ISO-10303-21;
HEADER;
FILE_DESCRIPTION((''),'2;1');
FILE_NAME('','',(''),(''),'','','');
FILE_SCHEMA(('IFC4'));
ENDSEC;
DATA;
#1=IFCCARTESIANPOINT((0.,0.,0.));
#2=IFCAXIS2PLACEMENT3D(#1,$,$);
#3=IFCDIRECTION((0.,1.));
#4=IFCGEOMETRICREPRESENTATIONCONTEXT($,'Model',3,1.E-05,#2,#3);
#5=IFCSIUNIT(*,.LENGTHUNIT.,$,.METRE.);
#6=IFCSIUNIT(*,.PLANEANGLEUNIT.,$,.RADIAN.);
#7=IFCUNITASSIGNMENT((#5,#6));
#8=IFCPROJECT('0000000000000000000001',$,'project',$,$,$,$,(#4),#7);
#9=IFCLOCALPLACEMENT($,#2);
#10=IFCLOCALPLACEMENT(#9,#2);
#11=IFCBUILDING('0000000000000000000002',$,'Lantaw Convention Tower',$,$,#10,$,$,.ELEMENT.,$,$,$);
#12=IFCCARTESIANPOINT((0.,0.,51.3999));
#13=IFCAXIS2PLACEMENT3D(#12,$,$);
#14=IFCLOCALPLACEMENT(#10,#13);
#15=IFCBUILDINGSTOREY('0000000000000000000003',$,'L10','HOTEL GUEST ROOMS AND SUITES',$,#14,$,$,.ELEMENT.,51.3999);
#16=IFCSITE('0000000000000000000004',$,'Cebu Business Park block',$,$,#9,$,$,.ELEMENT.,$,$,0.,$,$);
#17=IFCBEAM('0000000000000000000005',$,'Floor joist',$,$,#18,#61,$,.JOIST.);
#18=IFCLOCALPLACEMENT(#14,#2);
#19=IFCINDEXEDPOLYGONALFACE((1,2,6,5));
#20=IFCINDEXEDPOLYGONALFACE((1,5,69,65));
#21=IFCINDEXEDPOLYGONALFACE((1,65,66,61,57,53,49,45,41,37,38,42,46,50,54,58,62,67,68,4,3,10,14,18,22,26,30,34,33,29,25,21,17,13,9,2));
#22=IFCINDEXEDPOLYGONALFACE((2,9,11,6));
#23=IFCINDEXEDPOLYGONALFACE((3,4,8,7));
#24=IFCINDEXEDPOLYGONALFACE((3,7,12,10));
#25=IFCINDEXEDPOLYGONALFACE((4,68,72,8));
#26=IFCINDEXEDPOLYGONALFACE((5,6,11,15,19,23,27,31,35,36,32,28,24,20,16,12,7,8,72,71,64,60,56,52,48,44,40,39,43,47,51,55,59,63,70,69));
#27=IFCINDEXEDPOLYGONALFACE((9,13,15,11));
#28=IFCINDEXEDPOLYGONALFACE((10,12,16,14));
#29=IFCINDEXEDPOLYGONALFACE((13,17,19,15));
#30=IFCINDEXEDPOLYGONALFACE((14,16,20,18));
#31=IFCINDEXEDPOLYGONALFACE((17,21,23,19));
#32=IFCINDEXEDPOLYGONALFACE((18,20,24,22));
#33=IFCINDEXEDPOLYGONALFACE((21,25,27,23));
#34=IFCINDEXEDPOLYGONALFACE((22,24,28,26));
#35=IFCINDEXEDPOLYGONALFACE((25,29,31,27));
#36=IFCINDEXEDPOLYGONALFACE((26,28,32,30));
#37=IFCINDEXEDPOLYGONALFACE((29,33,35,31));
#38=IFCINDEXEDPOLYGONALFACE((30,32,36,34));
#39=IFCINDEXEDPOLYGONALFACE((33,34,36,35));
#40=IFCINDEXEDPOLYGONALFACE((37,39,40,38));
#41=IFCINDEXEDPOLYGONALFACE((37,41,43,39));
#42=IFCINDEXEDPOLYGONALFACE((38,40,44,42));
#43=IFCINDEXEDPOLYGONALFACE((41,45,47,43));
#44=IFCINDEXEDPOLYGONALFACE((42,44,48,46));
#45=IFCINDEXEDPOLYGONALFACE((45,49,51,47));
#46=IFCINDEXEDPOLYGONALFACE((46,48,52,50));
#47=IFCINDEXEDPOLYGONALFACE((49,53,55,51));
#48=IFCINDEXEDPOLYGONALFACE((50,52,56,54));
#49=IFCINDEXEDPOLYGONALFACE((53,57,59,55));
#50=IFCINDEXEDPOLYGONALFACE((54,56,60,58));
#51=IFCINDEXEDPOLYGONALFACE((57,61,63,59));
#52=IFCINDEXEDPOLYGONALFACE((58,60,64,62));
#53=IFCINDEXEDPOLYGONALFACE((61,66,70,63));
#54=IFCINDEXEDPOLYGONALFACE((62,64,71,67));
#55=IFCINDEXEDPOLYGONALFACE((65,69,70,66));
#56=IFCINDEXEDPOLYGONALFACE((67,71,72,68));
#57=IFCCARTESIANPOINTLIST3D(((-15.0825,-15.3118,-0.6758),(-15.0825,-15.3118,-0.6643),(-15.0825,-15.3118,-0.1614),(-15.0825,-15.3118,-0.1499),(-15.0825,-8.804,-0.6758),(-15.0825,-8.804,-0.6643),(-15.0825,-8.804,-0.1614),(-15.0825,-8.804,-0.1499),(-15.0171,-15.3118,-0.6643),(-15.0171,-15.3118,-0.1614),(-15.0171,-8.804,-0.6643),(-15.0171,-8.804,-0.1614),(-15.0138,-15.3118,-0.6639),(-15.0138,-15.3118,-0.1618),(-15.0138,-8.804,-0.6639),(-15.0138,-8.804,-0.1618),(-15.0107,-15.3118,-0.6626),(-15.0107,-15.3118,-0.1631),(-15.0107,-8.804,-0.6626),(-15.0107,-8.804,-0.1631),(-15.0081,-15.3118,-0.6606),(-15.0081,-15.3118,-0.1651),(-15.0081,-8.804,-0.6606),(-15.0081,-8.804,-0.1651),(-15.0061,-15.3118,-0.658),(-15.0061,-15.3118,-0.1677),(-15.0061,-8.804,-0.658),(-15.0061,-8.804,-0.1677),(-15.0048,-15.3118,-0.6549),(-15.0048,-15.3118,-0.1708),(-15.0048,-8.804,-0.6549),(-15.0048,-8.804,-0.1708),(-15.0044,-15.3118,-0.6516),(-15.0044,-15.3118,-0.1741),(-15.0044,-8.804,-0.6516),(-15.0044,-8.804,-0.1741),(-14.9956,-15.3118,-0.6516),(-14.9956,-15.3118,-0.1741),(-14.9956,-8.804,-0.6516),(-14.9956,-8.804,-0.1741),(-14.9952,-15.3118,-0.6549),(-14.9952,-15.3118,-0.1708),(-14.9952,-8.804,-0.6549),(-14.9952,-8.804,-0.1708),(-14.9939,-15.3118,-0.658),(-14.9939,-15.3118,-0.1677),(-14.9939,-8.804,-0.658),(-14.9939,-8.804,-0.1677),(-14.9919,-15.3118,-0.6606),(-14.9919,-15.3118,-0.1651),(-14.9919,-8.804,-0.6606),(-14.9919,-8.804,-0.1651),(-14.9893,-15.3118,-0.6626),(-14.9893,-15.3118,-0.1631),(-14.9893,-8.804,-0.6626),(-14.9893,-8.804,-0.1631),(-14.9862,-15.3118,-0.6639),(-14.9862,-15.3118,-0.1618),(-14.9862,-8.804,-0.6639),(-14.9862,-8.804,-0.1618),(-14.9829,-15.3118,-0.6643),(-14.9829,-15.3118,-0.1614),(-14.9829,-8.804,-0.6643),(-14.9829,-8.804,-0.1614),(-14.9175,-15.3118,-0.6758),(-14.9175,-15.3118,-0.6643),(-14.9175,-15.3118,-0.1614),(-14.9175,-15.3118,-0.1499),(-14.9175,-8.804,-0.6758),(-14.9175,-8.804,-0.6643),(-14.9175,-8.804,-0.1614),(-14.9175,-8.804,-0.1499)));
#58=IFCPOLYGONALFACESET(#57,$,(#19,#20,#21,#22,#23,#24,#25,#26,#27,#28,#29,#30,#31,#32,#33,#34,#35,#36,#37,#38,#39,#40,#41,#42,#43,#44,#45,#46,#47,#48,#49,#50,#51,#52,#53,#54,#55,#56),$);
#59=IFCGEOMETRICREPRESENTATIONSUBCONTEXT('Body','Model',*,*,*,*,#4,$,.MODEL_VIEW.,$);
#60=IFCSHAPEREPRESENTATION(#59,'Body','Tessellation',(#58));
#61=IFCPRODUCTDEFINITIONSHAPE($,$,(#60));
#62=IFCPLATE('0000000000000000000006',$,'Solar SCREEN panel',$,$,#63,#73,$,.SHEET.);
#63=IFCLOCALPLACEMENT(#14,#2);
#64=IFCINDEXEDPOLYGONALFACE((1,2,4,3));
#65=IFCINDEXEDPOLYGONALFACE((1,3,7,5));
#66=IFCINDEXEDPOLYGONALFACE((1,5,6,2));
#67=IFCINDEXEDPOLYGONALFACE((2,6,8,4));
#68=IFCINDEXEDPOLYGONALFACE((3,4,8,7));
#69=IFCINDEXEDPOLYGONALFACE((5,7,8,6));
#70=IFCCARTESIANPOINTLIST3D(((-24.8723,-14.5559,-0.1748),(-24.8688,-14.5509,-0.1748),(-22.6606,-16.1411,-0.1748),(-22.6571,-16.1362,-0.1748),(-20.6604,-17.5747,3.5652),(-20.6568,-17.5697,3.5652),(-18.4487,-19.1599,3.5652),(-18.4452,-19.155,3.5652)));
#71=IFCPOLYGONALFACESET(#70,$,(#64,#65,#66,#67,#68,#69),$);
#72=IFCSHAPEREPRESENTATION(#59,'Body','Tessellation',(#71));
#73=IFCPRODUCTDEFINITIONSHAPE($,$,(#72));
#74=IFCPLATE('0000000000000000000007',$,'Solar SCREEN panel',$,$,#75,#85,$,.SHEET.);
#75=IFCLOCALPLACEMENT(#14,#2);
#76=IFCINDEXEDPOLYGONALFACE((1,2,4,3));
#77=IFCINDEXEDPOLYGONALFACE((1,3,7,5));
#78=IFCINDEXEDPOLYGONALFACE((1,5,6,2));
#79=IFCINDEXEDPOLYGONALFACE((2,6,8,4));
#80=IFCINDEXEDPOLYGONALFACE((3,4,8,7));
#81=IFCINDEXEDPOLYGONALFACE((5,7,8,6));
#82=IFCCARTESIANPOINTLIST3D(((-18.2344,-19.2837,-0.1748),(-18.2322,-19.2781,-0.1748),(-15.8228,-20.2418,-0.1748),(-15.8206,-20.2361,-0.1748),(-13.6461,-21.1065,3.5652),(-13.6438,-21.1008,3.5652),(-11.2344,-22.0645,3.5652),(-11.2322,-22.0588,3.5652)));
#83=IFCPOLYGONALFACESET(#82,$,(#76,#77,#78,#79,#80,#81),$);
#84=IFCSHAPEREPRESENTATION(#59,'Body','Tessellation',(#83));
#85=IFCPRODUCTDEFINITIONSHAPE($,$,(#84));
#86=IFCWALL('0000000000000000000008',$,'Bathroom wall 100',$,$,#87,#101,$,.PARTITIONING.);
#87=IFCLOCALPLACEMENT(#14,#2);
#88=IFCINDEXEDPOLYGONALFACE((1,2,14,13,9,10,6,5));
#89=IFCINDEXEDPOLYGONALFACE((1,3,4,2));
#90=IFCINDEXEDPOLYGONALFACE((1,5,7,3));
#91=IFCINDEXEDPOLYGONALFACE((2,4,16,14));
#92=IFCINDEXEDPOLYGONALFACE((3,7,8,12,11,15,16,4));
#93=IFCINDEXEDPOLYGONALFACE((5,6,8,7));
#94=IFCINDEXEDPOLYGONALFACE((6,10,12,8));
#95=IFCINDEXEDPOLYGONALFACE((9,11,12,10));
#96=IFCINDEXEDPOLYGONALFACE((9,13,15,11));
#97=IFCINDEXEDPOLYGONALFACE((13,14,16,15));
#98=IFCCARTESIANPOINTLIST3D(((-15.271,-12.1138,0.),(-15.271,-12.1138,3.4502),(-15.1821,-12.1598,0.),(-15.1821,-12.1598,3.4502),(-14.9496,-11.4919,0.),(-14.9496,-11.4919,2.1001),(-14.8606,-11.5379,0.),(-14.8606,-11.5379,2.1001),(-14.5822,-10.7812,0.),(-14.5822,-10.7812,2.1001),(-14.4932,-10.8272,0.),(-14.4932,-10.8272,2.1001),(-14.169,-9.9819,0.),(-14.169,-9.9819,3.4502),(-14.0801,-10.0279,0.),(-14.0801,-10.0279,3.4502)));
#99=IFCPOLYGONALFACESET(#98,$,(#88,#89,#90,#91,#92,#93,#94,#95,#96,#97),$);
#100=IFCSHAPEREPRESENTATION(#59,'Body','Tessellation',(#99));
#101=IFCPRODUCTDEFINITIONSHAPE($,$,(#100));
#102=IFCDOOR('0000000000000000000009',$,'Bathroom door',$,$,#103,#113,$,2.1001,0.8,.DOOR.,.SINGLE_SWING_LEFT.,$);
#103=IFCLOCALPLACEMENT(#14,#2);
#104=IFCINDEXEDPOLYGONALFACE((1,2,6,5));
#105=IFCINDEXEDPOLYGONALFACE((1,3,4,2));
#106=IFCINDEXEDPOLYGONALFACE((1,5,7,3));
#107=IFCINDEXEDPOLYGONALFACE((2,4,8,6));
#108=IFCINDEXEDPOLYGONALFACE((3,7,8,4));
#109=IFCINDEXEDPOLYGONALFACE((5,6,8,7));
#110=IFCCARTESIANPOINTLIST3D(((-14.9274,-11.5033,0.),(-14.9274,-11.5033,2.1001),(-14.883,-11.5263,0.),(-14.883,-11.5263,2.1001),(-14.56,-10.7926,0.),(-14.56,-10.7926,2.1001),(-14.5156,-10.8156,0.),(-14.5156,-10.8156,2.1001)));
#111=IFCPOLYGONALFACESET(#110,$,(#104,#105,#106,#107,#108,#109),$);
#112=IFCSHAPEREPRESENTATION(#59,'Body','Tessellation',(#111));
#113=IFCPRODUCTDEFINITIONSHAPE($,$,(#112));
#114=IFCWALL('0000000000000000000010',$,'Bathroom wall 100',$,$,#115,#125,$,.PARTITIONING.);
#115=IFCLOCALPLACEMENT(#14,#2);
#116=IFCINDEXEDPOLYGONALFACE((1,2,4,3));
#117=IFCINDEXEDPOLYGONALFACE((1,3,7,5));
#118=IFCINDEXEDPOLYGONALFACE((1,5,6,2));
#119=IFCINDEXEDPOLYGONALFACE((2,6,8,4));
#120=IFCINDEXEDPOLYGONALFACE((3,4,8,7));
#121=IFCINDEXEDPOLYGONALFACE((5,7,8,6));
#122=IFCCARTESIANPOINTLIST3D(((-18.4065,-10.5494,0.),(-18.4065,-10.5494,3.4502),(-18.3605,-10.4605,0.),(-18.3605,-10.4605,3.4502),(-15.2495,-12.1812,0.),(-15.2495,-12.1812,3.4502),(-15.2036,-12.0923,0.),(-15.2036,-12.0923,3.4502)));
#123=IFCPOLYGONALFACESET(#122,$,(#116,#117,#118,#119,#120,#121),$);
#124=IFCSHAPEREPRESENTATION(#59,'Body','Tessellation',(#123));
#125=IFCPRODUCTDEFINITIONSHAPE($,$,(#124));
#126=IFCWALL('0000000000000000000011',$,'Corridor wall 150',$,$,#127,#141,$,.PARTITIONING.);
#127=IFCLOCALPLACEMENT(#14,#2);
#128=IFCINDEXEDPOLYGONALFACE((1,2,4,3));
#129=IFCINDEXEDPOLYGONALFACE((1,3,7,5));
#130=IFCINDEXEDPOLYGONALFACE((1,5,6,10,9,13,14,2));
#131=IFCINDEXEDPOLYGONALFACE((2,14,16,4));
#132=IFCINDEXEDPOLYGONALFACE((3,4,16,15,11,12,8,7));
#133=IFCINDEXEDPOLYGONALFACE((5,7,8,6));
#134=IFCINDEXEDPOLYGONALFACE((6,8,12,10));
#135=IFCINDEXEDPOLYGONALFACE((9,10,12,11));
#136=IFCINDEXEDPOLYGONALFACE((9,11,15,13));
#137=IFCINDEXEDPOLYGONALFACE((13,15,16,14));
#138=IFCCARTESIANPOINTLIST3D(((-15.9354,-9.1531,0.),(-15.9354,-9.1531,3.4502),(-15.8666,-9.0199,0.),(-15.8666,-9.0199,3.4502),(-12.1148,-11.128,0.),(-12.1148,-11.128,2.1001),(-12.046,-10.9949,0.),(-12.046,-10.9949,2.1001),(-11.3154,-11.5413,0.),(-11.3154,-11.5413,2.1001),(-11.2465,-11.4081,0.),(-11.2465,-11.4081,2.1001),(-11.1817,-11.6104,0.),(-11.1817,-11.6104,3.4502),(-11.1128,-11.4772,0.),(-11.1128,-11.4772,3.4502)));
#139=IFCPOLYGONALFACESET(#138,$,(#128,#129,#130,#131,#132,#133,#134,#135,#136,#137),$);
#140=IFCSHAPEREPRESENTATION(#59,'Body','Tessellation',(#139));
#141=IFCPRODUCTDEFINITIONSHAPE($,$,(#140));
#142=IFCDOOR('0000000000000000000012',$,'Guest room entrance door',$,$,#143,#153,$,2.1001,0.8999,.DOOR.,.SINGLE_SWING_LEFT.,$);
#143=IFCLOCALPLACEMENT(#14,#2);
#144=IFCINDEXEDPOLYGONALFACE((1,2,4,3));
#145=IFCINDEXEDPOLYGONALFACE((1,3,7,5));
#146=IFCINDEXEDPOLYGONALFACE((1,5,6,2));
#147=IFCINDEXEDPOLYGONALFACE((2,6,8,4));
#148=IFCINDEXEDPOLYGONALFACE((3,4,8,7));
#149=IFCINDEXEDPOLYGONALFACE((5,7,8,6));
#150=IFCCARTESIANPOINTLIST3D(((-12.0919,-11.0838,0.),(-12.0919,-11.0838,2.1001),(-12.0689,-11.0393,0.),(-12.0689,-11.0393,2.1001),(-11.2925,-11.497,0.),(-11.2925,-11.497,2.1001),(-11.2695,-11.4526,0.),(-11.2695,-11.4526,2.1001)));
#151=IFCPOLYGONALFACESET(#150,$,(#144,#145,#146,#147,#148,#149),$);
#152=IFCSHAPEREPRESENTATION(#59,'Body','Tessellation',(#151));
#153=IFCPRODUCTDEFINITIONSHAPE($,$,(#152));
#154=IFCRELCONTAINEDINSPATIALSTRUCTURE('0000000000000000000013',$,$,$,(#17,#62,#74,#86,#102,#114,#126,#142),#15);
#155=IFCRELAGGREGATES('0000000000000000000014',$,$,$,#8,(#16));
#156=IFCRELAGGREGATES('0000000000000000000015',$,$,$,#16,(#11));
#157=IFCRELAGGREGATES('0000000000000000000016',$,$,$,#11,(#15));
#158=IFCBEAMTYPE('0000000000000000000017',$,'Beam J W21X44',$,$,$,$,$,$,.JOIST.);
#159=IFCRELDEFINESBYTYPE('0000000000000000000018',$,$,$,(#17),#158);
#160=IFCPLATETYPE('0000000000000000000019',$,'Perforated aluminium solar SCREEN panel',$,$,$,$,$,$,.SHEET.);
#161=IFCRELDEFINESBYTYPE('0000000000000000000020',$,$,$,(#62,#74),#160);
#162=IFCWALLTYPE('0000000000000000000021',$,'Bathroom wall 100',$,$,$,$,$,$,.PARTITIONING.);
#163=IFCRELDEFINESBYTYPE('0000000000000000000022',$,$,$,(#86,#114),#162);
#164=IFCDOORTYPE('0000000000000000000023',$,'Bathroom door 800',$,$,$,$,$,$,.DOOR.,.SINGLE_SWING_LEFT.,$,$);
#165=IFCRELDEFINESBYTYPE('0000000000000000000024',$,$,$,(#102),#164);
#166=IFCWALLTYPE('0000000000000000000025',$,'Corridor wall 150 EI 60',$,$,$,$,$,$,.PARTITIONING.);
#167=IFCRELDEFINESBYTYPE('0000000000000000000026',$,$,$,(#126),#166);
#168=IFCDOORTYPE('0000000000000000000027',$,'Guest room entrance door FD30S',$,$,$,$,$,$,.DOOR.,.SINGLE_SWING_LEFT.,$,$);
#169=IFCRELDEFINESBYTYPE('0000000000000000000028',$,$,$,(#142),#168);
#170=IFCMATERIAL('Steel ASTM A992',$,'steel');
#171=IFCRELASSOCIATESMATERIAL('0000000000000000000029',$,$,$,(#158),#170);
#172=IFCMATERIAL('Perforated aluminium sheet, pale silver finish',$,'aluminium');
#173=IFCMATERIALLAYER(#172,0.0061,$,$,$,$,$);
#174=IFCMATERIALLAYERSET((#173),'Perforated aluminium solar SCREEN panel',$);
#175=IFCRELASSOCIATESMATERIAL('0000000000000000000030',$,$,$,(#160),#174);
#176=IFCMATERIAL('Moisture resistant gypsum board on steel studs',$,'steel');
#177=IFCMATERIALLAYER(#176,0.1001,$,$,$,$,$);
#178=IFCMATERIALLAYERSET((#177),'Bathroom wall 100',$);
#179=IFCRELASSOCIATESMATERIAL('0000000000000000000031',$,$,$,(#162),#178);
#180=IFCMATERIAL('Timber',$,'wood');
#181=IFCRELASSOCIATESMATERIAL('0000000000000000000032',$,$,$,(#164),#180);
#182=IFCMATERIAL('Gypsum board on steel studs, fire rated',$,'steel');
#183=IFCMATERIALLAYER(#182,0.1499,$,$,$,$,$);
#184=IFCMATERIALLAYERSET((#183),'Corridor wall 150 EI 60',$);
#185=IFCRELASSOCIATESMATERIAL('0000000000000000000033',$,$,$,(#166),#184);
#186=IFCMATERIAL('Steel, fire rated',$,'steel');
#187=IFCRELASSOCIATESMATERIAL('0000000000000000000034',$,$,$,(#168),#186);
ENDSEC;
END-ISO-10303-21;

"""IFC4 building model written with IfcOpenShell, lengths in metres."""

from ifc_helpers import new_model, si_unit, direction, frame, frame_2d, origin, origin_2d, place, context, subcontext, project, spatial, polyline, rectangle, i_section, outline, extrude, material, layer, layer_set, material_profile, profile_set, type_object, element, fill, save


model = new_model("IFC4")

# Units and contexts
model_context = context("Model", 3, precision=1e-05, world=origin(), true_north=direction((0.0, 1.0)))
body_context = subcontext(model_context, "Body", "Model", "MODEL_VIEW")
ifc_project = project(units=[si_unit("LENGTHUNIT", "METRE"), si_unit("PLANEANGLEUNIT", "RADIAN")], contexts=[model_context])

# Site, building, storey
site_placement = place(None, origin())
site = spatial("IfcSite", under=ifc_project, at=site_placement, Name="Cebu Business Park block", CompositionType="ELEMENT", RefElevation=0.0)
building_placement = place(site_placement, origin())
building = spatial("IfcBuilding", under=site, at=building_placement, Name="Lantaw Convention Tower", CompositionType="ELEMENT")
storey_placement = place(building_placement, frame((0.0, 0.0, 51.3999)))
storey = spatial("IfcBuildingStorey", under=building, at=storey_placement, Name="L10", Description="HOTEL GUEST ROOMS AND SUITES", CompositionType="ELEMENT", Elevation=51.3999)

# Beam
ifc_material_1 = material(Name="Steel ASTM A992", Category="steel")
ifc_material_profile_1 = material_profile(ifc_material_1, i_section(OverallWidth=0.165, OverallDepth=0.5259, WebThickness=0.0088, FlangeThickness=0.0115, FilletRadius=0.0127, at=origin_2d()), Name="W21X44")
ifc_profile_set_1 = profile_set([ifc_material_profile_1], Name="Steel ASTM A992")
beam_type_1 = type_object("IfcBeamType", Name="Beam J W21X44", PredefinedType="JOIST", material=ifc_profile_set_1)
beam_1_placement = place(storey_placement, frame((-15.0, -15.3118, -0.4128), z_axis=(0.0, 1.0, 0.0), x_axis=(-1.0, 0.0, 0.0)))
element("IfcBeam", 1, at=beam_1_placement, inside=storey, type_object=beam_type_1, Name="Floor joist", PredefinedType="JOIST", context=body_context, shape_type="SweptSolid", body=[
    extrude(i_section(OverallWidth=0.165, OverallDepth=0.5259, WebThickness=0.0088, FlangeThickness=0.0115, FilletRadius=0.0127, at=origin_2d()), origin(), (0.0, 0.0, 1.0), 6.5078),
])

# Plates
ifc_material_2 = material(Name="Perforated aluminium sheet, pale silver finish", Category="aluminium")
ifc_layer_1 = layer(ifc_material_2, 0.0061)
ifc_layer_set_1 = layer_set([ifc_layer_1], Name="Perforated aluminium solar SCREEN panel")
plate_type = type_object("IfcPlateType", Name="Perforated aluminium solar SCREEN panel", PredefinedType="SHEET", material=ifc_layer_set_1)
plate_1_placement = place(storey_placement, frame((-24.8723, -14.5559, -0.1748), z_axis=(-0.582561, -0.812787, 0.000016), x_axis=(0.812787, -0.582561, 0.0)))
element("IfcPlate", 2, at=plate_1_placement, inside=storey, type_object=plate_type, Name="Solar SCREEN panel", PredefinedType="SHEET", context=body_context, shape_type="SweptSolid", body=[
    extrude(outline(polyline([(0.0, 0.0), (2.7211, 0.0), (7.9031, 3.74), (5.182, 3.74), (0.0, 0.0)])), origin(), (0.0, 0.0, -1.0), 0.0061),
])
plate_2_placement = place(storey_placement, frame((-18.2322, -19.2781, -0.1748), z_axis=(0.369184, 0.929357, 0.000009), x_axis=(0.929357, -0.369184, 0.0)))
element("IfcPlate", 3, at=plate_2_placement, inside=storey, type_object=plate_type, Name="Solar SCREEN panel", PredefinedType="SHEET", context=body_context, shape_type="SweptSolid", body=[
    extrude(outline(polyline([(0.0, 0.0), (2.5949, 0.0), (7.5321, -3.74), (4.9372, -3.74), (0.0, 0.0)])), origin(), (0.0, 0.0, -1.0), 0.0061),
])

# Wall, opening, door
ifc_material_3 = material(Name="Moisture resistant gypsum board on steel studs", Category="steel")
ifc_layer_2 = layer(ifc_material_3, 0.1001)
ifc_layer_set_2 = layer_set([ifc_layer_2], Name="Bathroom wall 100")
wall_type_1 = type_object("IfcWallType", Name="Bathroom wall 100", PredefinedType="PARTITIONING", material=ifc_layer_set_2)
wall_1_placement = place(storey_placement, frame((-14.1245, -10.0049, 0.0), z_axis=(0.0, 0.0, 1.0), x_axis=(-0.459218, -0.888324, 0.0)))
wall_1 = element("IfcWall", 4, at=wall_1_placement, inside=storey, type_object=wall_type_1, Name="Bathroom wall 100", PredefinedType="PARTITIONING", context=body_context, shape_type="SweptSolid", body=[
    extrude(rectangle(XDim=2.3999, YDim=0.1001, at=frame_2d((1.2, 0.0))), origin(), (0.0, 0.0, 1.0), 3.4502),
])
opening_1_placement = place(wall_1_placement, frame((0.8999, 0.0, 0.0)))
opening_1 = element("IfcOpeningElement", 5, at=opening_1_placement, cuts=wall_1, PredefinedType="OPENING", context=body_context, shape_type="SweptSolid", body=[
    extrude(rectangle(XDim=0.8, YDim=2.1001, at=frame_2d((0.3999, 1.05))), frame((0.0, 0.0601, 0.0), z_axis=(0.0, -1.0, 0.0), x_axis=(1.0, 0.0, 0.0)), (0.0, 0.0, 1.0), 0.1201),
])
ifc_material_4 = material(Name="Timber", Category="wood")
door_type_1 = type_object("IfcDoorType", Name="Bathroom door 800", OperationType="SINGLE_SWING_LEFT", PredefinedType="DOOR", material=ifc_material_4)
door_1_placement = place(opening_1_placement, origin())
door_1 = element("IfcDoor", 6, at=door_1_placement, inside=storey, type_object=door_type_1, Name="Bathroom door", OperationType="SINGLE_SWING_LEFT", OverallHeight=2.1001, OverallWidth=0.8, PredefinedType="DOOR", context=body_context, shape_type="SweptSolid", body=[
    extrude(rectangle(XDim=0.8, YDim=2.1001, at=frame_2d((0.3999, 1.05))), frame((0.0, 0.0249, 0.0), z_axis=(0.0, -1.0, 0.0), x_axis=(1.0, 0.0, 0.0)), (0.0, 0.0, 1.0), 0.05),
])
fill(opening_1, door_1)

# Wall
wall_2_placement = place(storey_placement, frame((-15.2266, -12.1367, 0.0), z_axis=(0.0, 0.0, 1.0), x_axis=(-0.888342, 0.459182, 0.0)))
element("IfcWall", 7, at=wall_2_placement, inside=storey, type_object=wall_type_1, Name="Bathroom wall 100", PredefinedType="PARTITIONING", context=body_context, shape_type="SweptSolid", body=[
    extrude(rectangle(XDim=3.5537, YDim=0.1001, at=frame_2d((1.7769, 0.0))), origin(), (0.0, 0.0, 1.0), 3.4502),
])

# Wall, opening, door
ifc_material_5 = material(Name="Gypsum board on steel studs, fire rated", Category="steel")
ifc_layer_3 = layer(ifc_material_5, 0.1499)
ifc_layer_set_3 = layer_set([ifc_layer_3], Name="Corridor wall 150 EI 60")
wall_type_2 = type_object("IfcWallType", Name="Corridor wall 150 EI 60", PredefinedType="PARTITIONING", material=ifc_layer_set_3)
wall_3_placement = place(storey_placement, frame((-15.9011, -9.0864, 0.0), z_axis=(0.0, 0.0, 1.0), x_axis=(0.888333, -0.459199, 0.0)))
wall_3 = element("IfcWall", 8, at=wall_3_placement, inside=storey, type_object=wall_type_2, Name="Corridor wall 150", PredefinedType="PARTITIONING", context=body_context, shape_type="SweptSolid", body=[
    extrude(rectangle(XDim=5.3513, YDim=0.1499, at=frame_2d((2.6758, 0.0))), origin(), (0.0, 0.0, 1.0), 3.4502),
])
opening_2_placement = place(wall_3_placement, frame((4.301, 0.0, 0.0)))
opening_2 = element("IfcOpeningElement", 9, at=opening_2_placement, cuts=wall_3, PredefinedType="OPENING", context=body_context, shape_type="SweptSolid", body=[
    extrude(rectangle(XDim=0.8999, YDim=2.1001, at=frame_2d((0.45, 1.05))), frame((0.0, 0.085, 0.0), z_axis=(0.0, -1.0, 0.0), x_axis=(1.0, 0.0, 0.0)), (0.0, 0.0, 1.0), 0.1699),
])
ifc_material_6 = material(Name="Steel, fire rated", Category="steel")
door_type_2 = type_object("IfcDoorType", Name="Guest room entrance door FD30S", OperationType="SINGLE_SWING_LEFT", PredefinedType="DOOR", material=ifc_material_6)
door_2_placement = place(opening_2_placement, origin())
door_2 = element("IfcDoor", 10, at=door_2_placement, inside=storey, type_object=door_type_2, Name="Guest room entrance door", OperationType="SINGLE_SWING_LEFT", OverallHeight=2.1001, OverallWidth=0.8999, PredefinedType="DOOR", context=body_context, shape_type="SweptSolid", body=[
    extrude(rectangle(XDim=0.8999, YDim=2.1001, at=frame_2d((0.45, 1.05))), frame((0.0, 0.0249, 0.0), z_axis=(0.0, -1.0, 0.0), x_axis=(1.0, 0.0, 0.0)), (0.0, 0.0, 1.0), 0.05),
])
fill(opening_2, door_2)

save(model, "model.ifc")
